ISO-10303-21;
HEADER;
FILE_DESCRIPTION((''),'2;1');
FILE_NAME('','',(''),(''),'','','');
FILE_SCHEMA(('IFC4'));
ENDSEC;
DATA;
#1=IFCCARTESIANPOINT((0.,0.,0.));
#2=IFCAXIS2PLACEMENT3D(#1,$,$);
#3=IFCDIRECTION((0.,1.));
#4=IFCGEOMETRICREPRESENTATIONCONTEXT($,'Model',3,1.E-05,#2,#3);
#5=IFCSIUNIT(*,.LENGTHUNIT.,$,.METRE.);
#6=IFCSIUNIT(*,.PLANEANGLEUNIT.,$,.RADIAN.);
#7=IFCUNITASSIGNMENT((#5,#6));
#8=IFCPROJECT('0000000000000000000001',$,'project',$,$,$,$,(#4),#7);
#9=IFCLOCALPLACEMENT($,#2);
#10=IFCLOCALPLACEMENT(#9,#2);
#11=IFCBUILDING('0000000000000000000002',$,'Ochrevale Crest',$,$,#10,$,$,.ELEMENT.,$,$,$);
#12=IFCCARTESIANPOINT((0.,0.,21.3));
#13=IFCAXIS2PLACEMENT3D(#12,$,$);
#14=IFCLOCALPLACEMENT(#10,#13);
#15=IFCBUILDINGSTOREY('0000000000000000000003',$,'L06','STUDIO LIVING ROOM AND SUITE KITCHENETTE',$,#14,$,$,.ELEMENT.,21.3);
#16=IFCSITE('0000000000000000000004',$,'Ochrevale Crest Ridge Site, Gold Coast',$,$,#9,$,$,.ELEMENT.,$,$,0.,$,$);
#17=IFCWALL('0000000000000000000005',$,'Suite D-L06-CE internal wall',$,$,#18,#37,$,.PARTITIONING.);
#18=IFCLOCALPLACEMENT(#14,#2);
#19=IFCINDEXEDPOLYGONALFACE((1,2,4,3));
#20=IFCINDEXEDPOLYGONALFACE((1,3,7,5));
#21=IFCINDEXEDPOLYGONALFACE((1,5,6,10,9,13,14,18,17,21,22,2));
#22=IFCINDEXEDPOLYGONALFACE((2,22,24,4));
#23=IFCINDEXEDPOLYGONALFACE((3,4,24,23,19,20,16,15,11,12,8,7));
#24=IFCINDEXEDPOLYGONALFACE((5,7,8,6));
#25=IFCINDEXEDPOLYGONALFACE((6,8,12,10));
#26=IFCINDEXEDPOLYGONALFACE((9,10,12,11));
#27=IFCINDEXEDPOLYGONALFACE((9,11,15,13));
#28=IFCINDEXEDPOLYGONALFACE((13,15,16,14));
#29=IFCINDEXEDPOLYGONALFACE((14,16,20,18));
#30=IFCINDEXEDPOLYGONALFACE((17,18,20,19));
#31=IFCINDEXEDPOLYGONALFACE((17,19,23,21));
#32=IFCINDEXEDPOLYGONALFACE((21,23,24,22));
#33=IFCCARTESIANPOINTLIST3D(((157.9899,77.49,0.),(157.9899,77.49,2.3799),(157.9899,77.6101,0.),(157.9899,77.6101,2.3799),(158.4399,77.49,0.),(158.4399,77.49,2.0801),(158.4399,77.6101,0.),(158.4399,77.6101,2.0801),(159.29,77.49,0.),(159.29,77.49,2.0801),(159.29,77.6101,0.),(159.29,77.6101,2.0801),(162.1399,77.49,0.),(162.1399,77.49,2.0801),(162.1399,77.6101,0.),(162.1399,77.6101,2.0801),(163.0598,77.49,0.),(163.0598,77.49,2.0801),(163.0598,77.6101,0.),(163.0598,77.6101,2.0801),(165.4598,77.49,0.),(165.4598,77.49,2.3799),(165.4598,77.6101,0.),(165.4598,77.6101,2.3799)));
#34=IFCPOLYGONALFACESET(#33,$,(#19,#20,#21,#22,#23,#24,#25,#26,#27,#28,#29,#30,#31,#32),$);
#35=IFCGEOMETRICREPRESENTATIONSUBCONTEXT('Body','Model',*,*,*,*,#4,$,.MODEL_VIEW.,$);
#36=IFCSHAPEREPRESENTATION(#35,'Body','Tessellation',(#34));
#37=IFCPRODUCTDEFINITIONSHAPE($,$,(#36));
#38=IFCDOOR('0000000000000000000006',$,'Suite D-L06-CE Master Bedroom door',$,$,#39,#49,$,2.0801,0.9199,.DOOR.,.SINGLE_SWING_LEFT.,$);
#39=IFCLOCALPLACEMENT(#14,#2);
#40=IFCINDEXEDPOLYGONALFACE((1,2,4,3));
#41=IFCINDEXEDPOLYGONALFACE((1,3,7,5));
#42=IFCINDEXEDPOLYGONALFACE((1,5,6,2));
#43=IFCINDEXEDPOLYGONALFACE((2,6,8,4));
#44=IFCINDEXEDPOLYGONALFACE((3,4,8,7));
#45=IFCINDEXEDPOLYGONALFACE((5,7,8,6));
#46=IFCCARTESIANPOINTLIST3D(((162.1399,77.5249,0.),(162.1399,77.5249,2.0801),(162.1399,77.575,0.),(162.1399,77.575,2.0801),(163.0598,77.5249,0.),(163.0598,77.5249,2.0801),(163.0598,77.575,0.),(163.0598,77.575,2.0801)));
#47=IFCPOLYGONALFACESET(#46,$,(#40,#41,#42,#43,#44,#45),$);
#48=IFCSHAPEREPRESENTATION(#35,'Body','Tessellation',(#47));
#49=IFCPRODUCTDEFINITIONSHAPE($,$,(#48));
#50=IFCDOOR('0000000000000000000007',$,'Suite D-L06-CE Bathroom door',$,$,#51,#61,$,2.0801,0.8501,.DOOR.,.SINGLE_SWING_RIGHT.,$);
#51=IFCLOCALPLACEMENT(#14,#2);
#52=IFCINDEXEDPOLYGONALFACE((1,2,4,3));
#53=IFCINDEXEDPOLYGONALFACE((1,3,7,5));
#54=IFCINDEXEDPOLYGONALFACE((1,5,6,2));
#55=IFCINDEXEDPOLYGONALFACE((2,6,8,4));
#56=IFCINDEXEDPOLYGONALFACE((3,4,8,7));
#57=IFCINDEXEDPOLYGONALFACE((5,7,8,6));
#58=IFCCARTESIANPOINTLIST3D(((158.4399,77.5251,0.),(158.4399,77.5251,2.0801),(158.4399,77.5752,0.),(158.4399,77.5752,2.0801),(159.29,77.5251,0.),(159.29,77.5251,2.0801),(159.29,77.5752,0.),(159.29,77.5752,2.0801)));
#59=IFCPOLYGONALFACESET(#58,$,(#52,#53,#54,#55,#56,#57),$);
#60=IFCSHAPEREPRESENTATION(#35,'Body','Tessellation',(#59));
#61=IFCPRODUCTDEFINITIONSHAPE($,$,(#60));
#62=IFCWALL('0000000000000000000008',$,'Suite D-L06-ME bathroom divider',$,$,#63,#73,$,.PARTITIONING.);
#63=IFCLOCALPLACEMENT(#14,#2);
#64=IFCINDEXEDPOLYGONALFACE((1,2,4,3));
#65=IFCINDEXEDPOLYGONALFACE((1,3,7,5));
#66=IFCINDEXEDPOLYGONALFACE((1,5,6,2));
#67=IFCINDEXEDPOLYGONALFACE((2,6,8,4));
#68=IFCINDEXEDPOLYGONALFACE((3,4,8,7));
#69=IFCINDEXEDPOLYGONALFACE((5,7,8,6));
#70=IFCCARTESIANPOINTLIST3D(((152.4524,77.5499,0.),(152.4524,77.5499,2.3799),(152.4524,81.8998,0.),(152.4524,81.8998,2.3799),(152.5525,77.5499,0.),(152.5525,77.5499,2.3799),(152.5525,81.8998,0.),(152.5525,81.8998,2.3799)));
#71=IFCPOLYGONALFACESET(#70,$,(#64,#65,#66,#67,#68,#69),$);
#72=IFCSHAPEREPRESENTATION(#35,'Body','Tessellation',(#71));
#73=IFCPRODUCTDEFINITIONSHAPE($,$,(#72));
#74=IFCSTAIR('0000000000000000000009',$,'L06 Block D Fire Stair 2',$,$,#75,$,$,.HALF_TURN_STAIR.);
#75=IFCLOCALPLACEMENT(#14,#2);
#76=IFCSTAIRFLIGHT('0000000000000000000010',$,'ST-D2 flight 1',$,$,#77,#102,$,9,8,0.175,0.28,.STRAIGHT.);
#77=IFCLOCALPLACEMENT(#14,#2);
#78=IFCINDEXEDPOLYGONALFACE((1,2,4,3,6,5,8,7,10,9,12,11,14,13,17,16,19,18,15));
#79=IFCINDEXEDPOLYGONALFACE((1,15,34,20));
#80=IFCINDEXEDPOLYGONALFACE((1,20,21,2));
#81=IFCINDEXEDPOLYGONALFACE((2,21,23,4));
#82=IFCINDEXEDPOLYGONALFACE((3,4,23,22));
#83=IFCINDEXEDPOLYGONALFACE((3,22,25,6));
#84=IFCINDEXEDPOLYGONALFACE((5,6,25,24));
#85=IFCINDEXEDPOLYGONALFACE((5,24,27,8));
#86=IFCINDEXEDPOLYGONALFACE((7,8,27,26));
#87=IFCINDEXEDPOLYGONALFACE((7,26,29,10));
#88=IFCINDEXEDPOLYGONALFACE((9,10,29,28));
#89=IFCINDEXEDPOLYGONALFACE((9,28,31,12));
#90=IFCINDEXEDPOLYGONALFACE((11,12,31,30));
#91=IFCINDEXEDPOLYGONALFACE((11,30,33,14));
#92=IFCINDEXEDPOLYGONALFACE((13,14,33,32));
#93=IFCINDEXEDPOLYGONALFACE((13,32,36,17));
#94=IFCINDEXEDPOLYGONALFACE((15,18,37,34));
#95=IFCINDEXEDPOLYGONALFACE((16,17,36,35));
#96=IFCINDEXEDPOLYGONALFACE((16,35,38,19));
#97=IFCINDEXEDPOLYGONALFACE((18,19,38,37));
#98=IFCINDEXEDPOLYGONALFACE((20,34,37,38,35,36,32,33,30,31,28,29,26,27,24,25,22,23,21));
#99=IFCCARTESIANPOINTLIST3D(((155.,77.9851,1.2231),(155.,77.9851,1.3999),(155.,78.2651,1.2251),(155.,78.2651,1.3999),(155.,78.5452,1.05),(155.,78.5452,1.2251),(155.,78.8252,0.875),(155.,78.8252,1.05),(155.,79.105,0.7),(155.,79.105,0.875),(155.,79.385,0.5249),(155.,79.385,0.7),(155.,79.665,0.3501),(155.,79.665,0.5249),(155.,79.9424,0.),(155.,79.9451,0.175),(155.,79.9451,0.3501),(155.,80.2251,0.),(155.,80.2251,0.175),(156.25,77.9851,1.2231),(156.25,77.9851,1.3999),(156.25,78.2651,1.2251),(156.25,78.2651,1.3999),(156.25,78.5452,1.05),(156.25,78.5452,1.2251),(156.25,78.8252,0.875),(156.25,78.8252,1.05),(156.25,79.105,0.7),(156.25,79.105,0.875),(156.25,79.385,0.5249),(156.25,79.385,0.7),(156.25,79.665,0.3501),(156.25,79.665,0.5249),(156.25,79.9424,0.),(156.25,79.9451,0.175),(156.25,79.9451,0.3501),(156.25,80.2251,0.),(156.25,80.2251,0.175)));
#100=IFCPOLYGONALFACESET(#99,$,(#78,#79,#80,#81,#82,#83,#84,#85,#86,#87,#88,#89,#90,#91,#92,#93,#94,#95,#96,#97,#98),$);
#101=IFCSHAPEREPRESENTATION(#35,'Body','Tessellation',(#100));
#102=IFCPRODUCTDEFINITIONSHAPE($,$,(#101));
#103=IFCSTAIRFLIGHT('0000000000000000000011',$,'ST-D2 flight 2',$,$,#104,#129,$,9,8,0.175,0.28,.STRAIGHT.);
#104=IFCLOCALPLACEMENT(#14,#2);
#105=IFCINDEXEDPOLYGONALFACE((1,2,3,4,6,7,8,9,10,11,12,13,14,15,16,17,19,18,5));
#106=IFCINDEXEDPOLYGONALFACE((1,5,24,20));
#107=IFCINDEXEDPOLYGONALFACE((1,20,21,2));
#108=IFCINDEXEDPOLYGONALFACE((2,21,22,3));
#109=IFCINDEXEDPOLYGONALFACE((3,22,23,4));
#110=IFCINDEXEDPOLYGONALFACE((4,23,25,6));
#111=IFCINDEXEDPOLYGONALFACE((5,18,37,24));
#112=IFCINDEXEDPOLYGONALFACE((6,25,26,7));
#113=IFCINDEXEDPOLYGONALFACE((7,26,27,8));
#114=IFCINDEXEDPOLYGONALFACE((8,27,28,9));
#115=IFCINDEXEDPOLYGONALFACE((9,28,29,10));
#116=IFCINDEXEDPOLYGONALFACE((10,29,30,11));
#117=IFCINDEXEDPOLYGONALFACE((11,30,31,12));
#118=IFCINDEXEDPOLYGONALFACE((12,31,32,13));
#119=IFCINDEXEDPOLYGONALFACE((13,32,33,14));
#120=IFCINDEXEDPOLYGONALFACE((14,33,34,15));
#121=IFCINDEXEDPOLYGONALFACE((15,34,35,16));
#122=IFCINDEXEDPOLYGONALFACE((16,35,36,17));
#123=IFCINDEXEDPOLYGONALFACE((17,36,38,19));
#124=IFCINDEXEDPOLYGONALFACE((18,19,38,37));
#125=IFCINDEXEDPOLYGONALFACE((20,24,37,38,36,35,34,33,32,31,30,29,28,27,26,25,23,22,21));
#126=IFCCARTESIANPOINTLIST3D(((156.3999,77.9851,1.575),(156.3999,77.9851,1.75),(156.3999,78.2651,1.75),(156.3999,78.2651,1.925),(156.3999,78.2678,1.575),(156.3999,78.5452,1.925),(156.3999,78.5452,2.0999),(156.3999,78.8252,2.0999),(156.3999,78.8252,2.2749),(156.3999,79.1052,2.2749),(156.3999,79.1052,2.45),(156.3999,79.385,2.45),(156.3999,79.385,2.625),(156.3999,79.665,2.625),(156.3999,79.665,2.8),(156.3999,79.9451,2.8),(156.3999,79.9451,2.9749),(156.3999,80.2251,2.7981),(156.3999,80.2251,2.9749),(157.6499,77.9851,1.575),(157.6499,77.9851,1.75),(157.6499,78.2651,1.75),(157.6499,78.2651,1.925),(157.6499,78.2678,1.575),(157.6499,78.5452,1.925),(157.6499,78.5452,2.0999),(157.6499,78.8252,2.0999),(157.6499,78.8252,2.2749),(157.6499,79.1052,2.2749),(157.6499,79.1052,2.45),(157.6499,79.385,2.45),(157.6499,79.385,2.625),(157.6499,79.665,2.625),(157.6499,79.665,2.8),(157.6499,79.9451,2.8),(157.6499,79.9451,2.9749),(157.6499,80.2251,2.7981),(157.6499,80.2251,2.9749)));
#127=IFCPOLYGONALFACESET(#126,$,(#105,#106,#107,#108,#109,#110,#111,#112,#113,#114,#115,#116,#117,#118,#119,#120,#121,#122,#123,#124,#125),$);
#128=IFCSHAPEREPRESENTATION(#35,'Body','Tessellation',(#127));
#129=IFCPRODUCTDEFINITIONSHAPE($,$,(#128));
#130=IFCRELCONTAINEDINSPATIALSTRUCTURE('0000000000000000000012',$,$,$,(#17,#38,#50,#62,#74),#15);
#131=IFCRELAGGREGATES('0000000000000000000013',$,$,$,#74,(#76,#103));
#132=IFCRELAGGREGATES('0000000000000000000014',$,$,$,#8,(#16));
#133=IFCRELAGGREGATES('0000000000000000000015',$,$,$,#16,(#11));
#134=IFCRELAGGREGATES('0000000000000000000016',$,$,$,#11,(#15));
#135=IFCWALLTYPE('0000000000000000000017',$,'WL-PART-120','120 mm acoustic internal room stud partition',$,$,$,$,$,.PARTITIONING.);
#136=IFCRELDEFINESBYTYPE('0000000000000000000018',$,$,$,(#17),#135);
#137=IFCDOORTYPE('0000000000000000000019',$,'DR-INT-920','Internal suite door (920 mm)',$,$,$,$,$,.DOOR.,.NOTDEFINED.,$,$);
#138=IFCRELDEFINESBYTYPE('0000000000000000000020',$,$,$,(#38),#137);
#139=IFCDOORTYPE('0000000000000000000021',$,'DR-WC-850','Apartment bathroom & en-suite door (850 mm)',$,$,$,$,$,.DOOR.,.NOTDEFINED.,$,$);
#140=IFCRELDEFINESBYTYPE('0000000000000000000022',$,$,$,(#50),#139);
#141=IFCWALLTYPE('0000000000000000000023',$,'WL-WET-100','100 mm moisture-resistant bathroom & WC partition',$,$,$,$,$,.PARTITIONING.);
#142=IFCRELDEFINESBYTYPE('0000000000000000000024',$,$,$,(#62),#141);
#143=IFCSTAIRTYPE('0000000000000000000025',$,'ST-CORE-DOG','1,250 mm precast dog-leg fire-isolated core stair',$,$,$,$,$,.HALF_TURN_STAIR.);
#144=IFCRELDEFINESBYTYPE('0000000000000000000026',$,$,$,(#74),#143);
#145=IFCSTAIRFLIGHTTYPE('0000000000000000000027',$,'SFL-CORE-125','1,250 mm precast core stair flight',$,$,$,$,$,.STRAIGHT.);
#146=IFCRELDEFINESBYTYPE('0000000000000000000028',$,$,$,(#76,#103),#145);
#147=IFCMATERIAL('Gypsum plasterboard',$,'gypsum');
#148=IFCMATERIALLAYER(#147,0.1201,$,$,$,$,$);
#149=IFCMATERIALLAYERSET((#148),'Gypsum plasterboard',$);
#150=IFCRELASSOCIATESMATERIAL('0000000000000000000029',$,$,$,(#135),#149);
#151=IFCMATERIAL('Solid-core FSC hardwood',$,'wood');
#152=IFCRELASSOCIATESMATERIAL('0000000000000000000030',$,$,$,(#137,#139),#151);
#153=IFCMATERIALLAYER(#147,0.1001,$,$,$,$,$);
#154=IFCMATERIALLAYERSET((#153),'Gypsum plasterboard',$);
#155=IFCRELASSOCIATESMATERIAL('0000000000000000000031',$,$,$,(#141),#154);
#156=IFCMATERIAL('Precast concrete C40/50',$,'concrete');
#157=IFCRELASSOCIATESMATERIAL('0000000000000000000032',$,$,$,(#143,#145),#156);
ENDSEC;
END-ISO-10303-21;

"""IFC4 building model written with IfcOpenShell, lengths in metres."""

from ifc_helpers import new_model, si_unit, direction, frame, frame_2d, origin, place, context, subcontext, project, spatial, polyline, rectangle, outline, extrude, material, layer, layer_set, type_object, element, fill, aggregate, save


model = new_model("IFC4")

# Units and contexts
model_context = context("Model", 3, precision=1e-05, world=origin(), true_north=direction((0.0, 1.0)))
body_context = subcontext(model_context, "Body", "Model", "MODEL_VIEW")
ifc_project = project(units=[si_unit("LENGTHUNIT", "METRE"), si_unit("PLANEANGLEUNIT", "RADIAN")], contexts=[model_context])

# Site, building, storey
site_placement = place(None, origin())
site = spatial("IfcSite", under=ifc_project, at=site_placement, Name="Ochrevale Crest Ridge Site, Gold Coast", CompositionType="ELEMENT", RefElevation=0.0)
building_placement = place(site_placement, origin())
building = spatial("IfcBuilding", under=site, at=building_placement, Name="Ochrevale Crest", CompositionType="ELEMENT")
storey_placement = place(building_placement, frame((0.0, 0.0, 21.3)))
storey = spatial("IfcBuildingStorey", under=building, at=storey_placement, Name="L06", Description="STUDIO LIVING ROOM AND SUITE KITCHENETTE", CompositionType="ELEMENT", Elevation=21.3)

# Wall, openings, doors
ifc_material_1 = material(Name="Gypsum plasterboard", Category="gypsum")
ifc_layer_1 = layer(ifc_material_1, 0.1201)
ifc_layer_set_1 = layer_set([ifc_layer_1], Name="Gypsum plasterboard")
wall_type_1 = type_object("IfcWallType", Name="WL-PART-120", Description="120 mm acoustic internal room stud partition", PredefinedType="PARTITIONING", material=ifc_layer_set_1)
ifc_material_2 = material(Name="Solid-core FSC hardwood", Category="wood")
door_type_1 = type_object("IfcDoorType", Name="DR-INT-920", Description="Internal suite door (920 mm)", OperationType="NOTDEFINED", PredefinedType="DOOR", material=ifc_material_2)
door_type_2 = type_object("IfcDoorType", Name="DR-WC-850", Description="Apartment bathroom & en-suite door (850 mm)", OperationType="NOTDEFINED", PredefinedType="DOOR", material=ifc_material_2)
wall_1_placement = place(storey_placement, frame((157.99, 77.55, 0.0), z_axis=(0.0, 0.0, 1.0), x_axis=(1.0, 0.0, 0.0)))
wall_1 = element("IfcWall", 1, at=wall_1_placement, inside=storey, type_object=wall_type_1, Name="Suite D-L06-CE internal wall", PredefinedType="PARTITIONING", context=body_context, shape_type="SweptSolid", body=[
    extrude(rectangle(XDim=7.47, YDim=0.1201, at=frame_2d((3.7349, 0.0))), origin(), (0.0, 0.0, 1.0), 2.3799),
])
opening_1_placement = place(wall_1_placement, frame((1.3, 0.0, 0.0), z_axis=(0.0, 0.0, 1.0), x_axis=(-1.0, 0.0, 0.0)))
opening_1 = element("IfcOpeningElement", 2, at=opening_1_placement, cuts=wall_1, PredefinedType="OPENING", context=body_context, shape_type="SweptSolid", body=[
    extrude(rectangle(XDim=0.8501, YDim=2.0801, at=frame_2d((0.425, 1.04))), frame((0.0, 0.0701, 0.0), z_axis=(0.0, -1.0, 0.0), x_axis=(1.0, 0.0, 0.0)), (0.0, 0.0, 1.0), 0.1401),
])
opening_2_placement = place(wall_1_placement, frame((4.1499, 0.0, 0.0)))
opening_2 = element("IfcOpeningElement", 3, at=opening_2_placement, cuts=wall_1, PredefinedType="OPENING", context=body_context, shape_type="SweptSolid", body=[
    extrude(rectangle(XDim=0.9199, YDim=2.0801, at=frame_2d((0.46, 1.04))), frame((0.0, 0.0701, 0.0), z_axis=(0.0, -1.0, 0.0), x_axis=(1.0, 0.0, 0.0)), (0.0, 0.0, 1.0), 0.1401),
])
door_1_placement = place(opening_2_placement, origin())
door_1 = element("IfcDoor", 4, at=door_1_placement, inside=storey, type_object=door_type_1, Name="Suite D-L06-CE Master Bedroom door", OperationType="SINGLE_SWING_LEFT", OverallHeight=2.0801, OverallWidth=0.9199, PredefinedType="DOOR", context=body_context, shape_type="SweptSolid", body=[
    extrude(rectangle(XDim=0.9199, YDim=2.0801, at=frame_2d((0.46, 1.04))), frame((0.0, 0.0249, 0.0), z_axis=(0.0, -1.0, 0.0), x_axis=(1.0, 0.0, 0.0)), (0.0, 0.0, 1.0), 0.05),
])
fill(opening_2, door_1)
door_2_placement = place(opening_1_placement, origin())
door_2 = element("IfcDoor", 5, at=door_2_placement, inside=storey, type_object=door_type_2, Name="Suite D-L06-CE Bathroom door", OperationType="SINGLE_SWING_RIGHT", OverallHeight=2.0801, OverallWidth=0.8501, PredefinedType="DOOR", context=body_context, shape_type="SweptSolid", body=[
    extrude(rectangle(XDim=0.8501, YDim=2.0801, at=frame_2d((0.425, 1.04))), frame((0.0, 0.0249, 0.0), z_axis=(0.0, -1.0, 0.0), x_axis=(1.0, 0.0, 0.0)), (0.0, 0.0, 1.0), 0.05),
])
fill(opening_1, door_2)

# Wall
ifc_layer_2 = layer(ifc_material_1, 0.1001)
ifc_layer_set_2 = layer_set([ifc_layer_2], Name="Gypsum plasterboard")
wall_type_2 = type_object("IfcWallType", Name="WL-WET-100", Description="100 mm moisture-resistant bathroom & WC partition", PredefinedType="PARTITIONING", material=ifc_layer_set_2)
wall_2_placement = place(storey_placement, frame((152.5024, 77.55, 0.0), z_axis=(0.0, 0.0, 1.0), x_axis=(0.0, 1.0, 0.0)))
element("IfcWall", 6, at=wall_2_placement, inside=storey, type_object=wall_type_2, Name="Suite D-L06-ME bathroom divider", PredefinedType="PARTITIONING", context=body_context, shape_type="SweptSolid", body=[
    extrude(rectangle(XDim=4.3499, YDim=0.1001, at=frame_2d((2.1748, 0.0))), origin(), (0.0, 0.0, 1.0), 2.3799),
])

# Stair, stair flights
ifc_material_3 = material(Name="Precast concrete C40/50", Category="concrete")
stair_type = type_object("IfcStairType", Name="ST-CORE-DOG", Description="1,250 mm precast dog-leg fire-isolated core stair", PredefinedType="HALF_TURN_STAIR", material=ifc_material_3)
stair_placement = place(storey_placement, origin())
stair = element("IfcStair", 7, at=stair_placement, inside=storey, type_object=stair_type, Name="L06 Block D Fire Stair 2", PredefinedType="HALF_TURN_STAIR")
stair_flight_type = type_object("IfcStairFlightType", Name="SFL-CORE-125", Description="1,250 mm precast core stair flight", PredefinedType="STRAIGHT", material=ifc_material_3)
stair_flight_1_placement = place(storey_placement, frame((155.625, 80.2251, 0.0), z_axis=(0.0, 0.0, 1.0), x_axis=(0.0, -1.0, 0.0)))
stair_flight_1 = element("IfcStairFlight", 8, at=stair_flight_1_placement, type_object=stair_flight_type, Name="ST-D2 flight 1", NumberOfRisers=9, NumberOfTreads=8, PredefinedType="STRAIGHT", RiserHeight=0.175, TreadLength=0.28, context=body_context, shape_type="SweptSolid", body=[
    extrude(outline(polyline([(0.0, 0.0), (0.0, 0.175), (0.28, 0.175), (0.28, 0.3501), (0.5601, 0.3501), (0.5601, 0.5249), (0.8401, 0.5249), (0.8401, 0.7), (1.1201, 0.7), (1.1201, 0.875), (1.3999, 0.875), (1.3999, 1.05), (1.6799, 1.05), (1.6799, 1.2251), (1.96, 1.2251), (1.96, 1.3999), (2.24, 1.3999), (2.24, 1.575), (2.24, 1.2231), (0.2827, 0.0), (0.0, 0.0)])), frame((0.0, 0.625, 0.0), z_axis=(0.0, -1.0, 0.0), x_axis=(1.0, 0.0, 0.0)), (0.0, 0.0, 1.0), 1.25),
])
stair_flight_2_placement = place(storey_placement, frame((157.0249, 77.9851, 1.575), z_axis=(0.0, 0.0, 1.0), x_axis=(0.0, 1.0, 0.0)))
stair_flight_2 = element("IfcStairFlight", 9, at=stair_flight_2_placement, type_object=stair_flight_type, Name="ST-D2 flight 2", NumberOfRisers=9, NumberOfTreads=8, PredefinedType="STRAIGHT", RiserHeight=0.175, TreadLength=0.28, context=body_context, shape_type="SweptSolid", body=[
    extrude(outline(polyline([(0.0, 0.0), (0.0, 0.175), (0.28, 0.175), (0.28, 0.3501), (0.5601, 0.3501), (0.5601, 0.5249), (0.8401, 0.5249), (0.8401, 0.7), (1.1201, 0.7), (1.1201, 0.875), (1.3999, 0.875), (1.3999, 1.05), (1.6799, 1.05), (1.6799, 1.2251), (1.96, 1.2251), (1.96, 1.3999), (2.24, 1.3999), (2.24, 1.575), (2.24, 1.2231), (0.2827, 0.0), (0.0, 0.0)])), frame((0.0, 0.625, 0.0), z_axis=(0.0, -1.0, 0.0), x_axis=(1.0, 0.0, 0.0)), (0.0, 0.0, 1.0), 1.25),
])
aggregate(stair, [stair_flight_1, stair_flight_2])

save(model, "model.ifc")
